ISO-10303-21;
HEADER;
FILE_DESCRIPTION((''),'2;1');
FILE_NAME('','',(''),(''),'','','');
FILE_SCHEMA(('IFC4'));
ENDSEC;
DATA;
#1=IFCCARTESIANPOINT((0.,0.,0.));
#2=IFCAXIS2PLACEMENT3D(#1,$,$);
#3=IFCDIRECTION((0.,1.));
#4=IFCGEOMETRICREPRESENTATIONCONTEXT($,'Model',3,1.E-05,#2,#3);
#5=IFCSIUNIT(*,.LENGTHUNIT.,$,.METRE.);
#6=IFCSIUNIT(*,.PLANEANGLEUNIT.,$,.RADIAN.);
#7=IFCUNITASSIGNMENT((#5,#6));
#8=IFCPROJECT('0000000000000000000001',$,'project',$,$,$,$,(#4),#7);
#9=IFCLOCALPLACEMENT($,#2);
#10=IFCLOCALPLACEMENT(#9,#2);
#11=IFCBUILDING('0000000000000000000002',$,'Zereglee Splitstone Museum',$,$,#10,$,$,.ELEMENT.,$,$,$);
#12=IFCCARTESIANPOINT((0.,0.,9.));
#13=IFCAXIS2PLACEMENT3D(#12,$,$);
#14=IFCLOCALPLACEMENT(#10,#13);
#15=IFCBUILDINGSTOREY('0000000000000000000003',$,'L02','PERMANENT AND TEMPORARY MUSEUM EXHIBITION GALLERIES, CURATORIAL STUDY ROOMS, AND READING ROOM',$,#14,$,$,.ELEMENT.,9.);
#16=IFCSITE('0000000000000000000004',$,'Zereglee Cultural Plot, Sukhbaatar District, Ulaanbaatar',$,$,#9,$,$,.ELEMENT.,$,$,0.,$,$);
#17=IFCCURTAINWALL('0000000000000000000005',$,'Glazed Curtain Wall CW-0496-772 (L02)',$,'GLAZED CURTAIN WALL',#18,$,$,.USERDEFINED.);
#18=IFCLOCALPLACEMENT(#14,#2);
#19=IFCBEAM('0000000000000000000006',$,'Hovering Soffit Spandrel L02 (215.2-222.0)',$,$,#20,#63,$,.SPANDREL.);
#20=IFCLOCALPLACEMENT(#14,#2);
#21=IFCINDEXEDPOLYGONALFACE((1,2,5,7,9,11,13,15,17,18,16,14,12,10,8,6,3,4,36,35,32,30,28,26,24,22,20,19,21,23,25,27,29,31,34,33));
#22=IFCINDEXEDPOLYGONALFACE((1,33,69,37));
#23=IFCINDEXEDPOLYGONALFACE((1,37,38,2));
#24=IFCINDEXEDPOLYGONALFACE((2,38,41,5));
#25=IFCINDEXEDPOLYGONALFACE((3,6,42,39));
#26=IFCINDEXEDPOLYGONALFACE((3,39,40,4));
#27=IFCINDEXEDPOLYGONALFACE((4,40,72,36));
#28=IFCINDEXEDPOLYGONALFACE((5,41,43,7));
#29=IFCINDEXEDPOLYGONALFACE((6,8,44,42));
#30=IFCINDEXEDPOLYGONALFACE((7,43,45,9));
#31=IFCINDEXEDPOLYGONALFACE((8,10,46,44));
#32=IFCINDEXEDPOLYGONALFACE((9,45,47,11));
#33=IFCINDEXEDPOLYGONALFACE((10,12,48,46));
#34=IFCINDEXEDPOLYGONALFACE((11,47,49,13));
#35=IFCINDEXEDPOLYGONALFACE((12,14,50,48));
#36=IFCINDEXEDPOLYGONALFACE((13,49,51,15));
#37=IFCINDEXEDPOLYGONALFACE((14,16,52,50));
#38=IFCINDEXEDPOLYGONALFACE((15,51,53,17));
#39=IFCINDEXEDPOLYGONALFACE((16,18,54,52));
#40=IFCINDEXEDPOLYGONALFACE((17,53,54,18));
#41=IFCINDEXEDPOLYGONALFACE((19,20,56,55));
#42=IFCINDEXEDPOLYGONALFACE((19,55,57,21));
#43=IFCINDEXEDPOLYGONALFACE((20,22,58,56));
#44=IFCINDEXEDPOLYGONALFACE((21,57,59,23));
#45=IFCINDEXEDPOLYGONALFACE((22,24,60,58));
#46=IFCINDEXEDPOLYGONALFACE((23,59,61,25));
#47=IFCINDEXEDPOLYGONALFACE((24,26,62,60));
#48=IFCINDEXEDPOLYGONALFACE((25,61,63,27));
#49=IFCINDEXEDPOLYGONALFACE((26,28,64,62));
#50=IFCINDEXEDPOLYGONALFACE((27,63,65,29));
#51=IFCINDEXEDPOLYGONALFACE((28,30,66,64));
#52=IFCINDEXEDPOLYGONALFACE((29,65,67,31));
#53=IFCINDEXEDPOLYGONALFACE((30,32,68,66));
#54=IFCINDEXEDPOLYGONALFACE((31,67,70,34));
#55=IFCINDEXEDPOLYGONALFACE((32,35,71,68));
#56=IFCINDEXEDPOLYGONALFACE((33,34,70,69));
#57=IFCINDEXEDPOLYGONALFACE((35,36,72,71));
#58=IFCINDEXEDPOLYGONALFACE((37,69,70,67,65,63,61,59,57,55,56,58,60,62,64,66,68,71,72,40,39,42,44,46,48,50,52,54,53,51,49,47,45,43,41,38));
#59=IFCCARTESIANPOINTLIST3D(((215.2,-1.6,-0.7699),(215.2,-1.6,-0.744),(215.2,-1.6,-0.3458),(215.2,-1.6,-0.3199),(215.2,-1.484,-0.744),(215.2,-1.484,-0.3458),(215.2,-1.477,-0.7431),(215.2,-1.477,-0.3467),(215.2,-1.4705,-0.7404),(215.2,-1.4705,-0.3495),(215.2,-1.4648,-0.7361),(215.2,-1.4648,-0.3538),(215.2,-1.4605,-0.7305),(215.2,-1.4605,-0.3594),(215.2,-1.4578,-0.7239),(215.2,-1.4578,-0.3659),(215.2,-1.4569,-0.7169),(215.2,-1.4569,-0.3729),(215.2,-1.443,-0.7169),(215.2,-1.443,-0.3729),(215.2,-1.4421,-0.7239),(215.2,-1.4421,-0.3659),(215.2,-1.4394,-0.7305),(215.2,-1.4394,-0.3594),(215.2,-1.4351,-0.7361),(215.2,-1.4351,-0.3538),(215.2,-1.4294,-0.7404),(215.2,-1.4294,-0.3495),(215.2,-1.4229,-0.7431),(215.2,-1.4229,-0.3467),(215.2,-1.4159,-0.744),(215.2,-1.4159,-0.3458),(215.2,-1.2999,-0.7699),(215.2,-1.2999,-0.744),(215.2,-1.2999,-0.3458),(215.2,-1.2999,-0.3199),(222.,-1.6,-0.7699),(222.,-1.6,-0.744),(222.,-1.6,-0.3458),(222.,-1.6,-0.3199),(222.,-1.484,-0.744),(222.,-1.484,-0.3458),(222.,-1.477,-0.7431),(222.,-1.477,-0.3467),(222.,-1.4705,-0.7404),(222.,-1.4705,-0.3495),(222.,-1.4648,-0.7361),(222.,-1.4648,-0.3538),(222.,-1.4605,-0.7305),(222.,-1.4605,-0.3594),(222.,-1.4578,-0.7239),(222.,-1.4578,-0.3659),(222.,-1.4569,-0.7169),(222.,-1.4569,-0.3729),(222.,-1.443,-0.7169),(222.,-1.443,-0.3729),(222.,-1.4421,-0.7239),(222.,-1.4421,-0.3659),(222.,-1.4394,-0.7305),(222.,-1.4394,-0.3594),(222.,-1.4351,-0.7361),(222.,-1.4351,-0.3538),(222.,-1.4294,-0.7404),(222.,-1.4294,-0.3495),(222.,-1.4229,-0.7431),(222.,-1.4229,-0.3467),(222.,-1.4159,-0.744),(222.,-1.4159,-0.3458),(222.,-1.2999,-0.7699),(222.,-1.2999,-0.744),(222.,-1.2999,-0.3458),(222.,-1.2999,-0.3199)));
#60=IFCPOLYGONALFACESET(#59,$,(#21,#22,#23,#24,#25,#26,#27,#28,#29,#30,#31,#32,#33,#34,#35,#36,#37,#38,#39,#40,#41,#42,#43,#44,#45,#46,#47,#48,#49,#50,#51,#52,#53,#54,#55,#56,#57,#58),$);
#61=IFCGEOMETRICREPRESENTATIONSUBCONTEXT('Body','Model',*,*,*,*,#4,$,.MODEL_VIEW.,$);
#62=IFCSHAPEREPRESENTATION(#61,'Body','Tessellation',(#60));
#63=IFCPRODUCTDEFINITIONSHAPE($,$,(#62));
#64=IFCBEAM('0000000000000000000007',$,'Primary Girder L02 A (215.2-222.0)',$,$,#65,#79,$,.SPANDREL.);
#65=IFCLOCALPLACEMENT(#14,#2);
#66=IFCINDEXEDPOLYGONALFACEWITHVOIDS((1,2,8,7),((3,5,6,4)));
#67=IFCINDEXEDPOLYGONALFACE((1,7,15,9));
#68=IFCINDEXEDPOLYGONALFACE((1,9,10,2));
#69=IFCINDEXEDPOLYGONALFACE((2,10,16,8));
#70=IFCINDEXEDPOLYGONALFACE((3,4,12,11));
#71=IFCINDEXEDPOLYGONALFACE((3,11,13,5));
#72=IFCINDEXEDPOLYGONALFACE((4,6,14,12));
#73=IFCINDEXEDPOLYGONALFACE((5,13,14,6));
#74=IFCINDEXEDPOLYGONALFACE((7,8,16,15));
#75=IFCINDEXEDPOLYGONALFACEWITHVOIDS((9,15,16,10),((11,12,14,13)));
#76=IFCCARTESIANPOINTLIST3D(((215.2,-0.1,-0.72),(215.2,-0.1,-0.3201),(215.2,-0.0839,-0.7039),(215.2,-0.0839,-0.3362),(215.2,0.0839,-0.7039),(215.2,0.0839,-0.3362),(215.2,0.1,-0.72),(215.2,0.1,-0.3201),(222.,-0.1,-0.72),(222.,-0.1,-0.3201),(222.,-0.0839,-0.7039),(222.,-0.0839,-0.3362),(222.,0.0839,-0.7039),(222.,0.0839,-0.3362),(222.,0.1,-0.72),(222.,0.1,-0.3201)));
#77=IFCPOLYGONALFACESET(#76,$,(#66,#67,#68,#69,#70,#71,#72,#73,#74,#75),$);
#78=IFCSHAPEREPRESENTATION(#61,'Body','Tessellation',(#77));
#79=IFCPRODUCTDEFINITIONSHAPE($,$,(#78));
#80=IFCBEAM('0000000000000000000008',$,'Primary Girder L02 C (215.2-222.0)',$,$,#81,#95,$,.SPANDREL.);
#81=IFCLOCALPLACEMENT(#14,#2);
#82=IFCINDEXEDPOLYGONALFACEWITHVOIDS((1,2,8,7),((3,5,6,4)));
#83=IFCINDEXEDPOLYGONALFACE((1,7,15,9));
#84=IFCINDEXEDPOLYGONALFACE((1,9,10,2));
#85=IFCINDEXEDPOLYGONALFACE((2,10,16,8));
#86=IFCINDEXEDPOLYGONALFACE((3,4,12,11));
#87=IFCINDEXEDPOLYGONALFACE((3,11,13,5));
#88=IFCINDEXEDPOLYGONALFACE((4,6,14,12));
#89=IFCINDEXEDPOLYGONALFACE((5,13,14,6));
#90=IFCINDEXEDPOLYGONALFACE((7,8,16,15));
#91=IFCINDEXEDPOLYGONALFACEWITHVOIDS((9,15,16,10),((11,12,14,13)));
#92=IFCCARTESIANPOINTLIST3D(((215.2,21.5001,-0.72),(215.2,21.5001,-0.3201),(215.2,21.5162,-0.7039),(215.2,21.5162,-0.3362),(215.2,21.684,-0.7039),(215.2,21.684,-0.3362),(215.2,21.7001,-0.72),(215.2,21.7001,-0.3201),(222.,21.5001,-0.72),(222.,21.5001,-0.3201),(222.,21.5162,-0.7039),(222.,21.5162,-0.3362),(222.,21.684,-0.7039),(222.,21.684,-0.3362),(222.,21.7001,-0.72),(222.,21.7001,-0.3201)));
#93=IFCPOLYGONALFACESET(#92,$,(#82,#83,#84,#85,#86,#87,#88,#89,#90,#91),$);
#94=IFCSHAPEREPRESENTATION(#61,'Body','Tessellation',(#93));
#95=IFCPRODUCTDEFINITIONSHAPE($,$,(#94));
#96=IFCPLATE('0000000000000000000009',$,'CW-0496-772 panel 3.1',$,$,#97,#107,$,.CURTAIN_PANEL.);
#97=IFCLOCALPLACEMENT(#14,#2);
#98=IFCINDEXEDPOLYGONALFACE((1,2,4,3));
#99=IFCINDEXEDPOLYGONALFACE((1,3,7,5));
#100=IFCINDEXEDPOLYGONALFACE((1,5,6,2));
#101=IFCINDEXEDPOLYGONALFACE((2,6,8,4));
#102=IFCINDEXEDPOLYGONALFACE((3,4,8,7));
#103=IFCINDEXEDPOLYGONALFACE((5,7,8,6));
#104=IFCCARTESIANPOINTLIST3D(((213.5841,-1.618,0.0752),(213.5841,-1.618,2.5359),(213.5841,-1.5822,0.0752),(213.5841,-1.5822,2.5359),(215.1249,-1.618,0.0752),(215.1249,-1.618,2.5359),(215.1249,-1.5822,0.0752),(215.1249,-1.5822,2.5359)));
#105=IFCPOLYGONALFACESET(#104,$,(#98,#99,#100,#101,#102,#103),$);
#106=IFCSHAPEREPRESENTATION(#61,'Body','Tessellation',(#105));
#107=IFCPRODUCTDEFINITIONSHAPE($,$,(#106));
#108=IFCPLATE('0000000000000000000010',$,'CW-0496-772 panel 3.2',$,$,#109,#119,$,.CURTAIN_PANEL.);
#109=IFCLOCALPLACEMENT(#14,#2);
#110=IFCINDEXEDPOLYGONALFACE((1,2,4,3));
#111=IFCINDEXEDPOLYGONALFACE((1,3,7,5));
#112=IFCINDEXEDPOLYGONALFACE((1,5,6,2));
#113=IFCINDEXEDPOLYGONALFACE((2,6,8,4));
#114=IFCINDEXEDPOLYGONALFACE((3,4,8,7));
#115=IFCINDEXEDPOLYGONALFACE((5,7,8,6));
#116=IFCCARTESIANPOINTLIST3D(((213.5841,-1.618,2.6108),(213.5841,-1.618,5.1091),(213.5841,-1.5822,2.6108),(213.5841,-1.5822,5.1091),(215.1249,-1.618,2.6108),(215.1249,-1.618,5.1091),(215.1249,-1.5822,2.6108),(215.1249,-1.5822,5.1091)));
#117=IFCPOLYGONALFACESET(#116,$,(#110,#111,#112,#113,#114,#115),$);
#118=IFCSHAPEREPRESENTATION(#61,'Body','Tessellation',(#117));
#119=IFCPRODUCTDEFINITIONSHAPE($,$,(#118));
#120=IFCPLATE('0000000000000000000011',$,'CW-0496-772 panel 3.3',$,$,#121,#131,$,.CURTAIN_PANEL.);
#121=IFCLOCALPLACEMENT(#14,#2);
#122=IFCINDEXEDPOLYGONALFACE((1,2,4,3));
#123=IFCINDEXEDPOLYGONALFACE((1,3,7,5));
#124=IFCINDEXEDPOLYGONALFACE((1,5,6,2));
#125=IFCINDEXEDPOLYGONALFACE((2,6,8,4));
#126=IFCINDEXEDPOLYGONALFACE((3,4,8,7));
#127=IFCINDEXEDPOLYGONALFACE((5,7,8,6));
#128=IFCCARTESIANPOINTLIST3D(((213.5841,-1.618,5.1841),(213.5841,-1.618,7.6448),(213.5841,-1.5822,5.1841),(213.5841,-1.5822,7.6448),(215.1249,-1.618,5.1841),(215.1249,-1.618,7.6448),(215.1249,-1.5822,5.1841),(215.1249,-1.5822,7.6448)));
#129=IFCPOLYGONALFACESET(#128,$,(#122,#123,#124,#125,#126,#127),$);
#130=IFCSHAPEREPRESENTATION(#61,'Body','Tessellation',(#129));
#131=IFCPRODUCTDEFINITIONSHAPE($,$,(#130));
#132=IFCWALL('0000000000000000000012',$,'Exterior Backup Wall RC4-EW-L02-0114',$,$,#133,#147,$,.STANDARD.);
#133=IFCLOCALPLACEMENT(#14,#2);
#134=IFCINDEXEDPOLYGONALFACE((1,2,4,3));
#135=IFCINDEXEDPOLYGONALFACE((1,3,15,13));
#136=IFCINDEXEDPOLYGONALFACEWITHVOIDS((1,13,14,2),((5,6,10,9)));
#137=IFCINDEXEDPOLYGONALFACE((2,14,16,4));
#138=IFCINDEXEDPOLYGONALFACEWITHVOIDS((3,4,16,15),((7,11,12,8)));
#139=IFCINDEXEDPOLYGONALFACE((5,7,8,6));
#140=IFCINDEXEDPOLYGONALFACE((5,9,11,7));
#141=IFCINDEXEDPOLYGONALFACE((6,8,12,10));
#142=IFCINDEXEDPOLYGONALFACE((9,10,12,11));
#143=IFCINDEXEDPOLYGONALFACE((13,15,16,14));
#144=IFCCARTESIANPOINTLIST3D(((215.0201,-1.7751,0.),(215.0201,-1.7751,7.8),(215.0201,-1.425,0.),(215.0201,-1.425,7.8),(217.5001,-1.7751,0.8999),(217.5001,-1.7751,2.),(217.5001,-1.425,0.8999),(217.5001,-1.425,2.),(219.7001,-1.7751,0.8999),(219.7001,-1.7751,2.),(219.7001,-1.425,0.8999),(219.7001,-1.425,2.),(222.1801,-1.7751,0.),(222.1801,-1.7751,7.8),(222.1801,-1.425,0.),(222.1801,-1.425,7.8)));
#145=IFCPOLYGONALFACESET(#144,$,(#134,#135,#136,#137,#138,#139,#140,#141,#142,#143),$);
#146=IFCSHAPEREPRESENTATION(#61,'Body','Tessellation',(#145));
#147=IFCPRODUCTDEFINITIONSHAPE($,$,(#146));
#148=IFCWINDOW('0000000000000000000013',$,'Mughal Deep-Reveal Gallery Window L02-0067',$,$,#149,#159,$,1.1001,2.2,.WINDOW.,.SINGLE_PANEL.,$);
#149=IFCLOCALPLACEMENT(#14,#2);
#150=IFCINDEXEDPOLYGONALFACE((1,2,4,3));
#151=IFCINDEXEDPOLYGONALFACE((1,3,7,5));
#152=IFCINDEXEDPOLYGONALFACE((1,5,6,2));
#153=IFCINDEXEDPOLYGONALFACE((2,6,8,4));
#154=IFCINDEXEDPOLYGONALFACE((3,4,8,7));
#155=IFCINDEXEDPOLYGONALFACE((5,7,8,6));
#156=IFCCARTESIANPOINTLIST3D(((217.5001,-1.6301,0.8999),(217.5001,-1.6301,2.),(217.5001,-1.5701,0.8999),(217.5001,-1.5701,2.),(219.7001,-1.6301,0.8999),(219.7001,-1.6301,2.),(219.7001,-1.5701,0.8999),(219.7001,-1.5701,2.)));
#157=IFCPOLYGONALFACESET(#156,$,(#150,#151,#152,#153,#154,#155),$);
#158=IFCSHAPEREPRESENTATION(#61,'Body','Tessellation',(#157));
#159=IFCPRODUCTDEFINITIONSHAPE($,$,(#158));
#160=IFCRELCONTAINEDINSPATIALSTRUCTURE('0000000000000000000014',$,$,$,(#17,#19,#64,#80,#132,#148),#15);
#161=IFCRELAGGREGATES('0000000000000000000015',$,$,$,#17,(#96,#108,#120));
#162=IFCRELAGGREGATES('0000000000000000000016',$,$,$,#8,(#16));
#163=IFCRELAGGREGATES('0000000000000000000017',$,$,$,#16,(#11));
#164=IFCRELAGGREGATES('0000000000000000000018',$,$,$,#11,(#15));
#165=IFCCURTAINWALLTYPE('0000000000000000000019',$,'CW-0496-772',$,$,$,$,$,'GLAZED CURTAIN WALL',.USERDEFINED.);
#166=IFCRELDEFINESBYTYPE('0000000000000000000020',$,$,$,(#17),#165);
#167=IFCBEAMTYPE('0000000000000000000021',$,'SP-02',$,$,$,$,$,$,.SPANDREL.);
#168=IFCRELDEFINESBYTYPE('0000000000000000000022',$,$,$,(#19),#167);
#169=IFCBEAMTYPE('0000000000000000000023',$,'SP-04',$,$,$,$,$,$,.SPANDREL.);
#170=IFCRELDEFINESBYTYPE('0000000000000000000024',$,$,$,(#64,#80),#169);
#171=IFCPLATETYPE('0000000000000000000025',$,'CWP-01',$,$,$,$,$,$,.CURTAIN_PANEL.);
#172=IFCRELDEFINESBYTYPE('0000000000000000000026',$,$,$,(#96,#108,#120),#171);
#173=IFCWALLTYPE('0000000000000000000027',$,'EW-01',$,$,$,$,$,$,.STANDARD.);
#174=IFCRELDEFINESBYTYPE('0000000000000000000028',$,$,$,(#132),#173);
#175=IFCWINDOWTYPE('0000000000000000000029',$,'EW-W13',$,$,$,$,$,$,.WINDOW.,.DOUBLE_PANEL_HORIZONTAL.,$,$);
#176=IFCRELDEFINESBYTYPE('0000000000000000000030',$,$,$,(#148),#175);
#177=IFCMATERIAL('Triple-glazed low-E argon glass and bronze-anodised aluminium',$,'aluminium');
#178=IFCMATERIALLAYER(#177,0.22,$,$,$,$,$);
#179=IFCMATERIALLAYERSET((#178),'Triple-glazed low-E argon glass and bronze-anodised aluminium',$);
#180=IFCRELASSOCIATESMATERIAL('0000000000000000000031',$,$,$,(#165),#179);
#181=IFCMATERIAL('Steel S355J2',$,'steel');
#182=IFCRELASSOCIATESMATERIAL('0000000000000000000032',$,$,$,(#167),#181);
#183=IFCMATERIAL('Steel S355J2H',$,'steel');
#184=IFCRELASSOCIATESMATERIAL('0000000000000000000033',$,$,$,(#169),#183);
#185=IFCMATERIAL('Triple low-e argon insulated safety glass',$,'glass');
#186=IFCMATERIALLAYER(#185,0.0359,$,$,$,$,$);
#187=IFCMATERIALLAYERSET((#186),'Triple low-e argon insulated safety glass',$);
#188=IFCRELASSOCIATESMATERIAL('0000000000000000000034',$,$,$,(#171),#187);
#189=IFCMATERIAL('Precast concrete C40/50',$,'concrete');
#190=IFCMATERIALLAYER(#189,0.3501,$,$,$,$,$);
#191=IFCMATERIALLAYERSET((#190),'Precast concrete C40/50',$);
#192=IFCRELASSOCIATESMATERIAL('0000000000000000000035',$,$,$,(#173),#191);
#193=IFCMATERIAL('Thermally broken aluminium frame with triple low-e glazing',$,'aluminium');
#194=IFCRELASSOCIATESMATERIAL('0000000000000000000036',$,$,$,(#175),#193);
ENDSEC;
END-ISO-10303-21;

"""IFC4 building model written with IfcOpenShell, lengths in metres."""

from ifc_helpers import new_model, si_unit, direction, frame, frame_2d, origin, origin_2d, place, context, subcontext, project, spatial, rectangle, hollow_rectangle, i_section, extrude, material, layer, layer_set, material_profile, profile_set, type_object, element, fill, aggregate, save


model = new_model("IFC4")

# Units and contexts
model_context = context("Model", 3, precision=1e-05, world=origin(), true_north=direction((0.0, 1.0)))
body_context = subcontext(model_context, "Body", "Model", "MODEL_VIEW")
ifc_project = project(units=[si_unit("LENGTHUNIT", "METRE"), si_unit("PLANEANGLEUNIT", "RADIAN")], contexts=[model_context])

# Site, building, storey
site_placement = place(None, origin())
site = spatial("IfcSite", under=ifc_project, at=site_placement, Name="Zereglee Cultural Plot, Sukhbaatar District, Ulaanbaatar", CompositionType="ELEMENT", RefElevation=0.0)
building_placement = place(site_placement, origin())
building = spatial("IfcBuilding", under=site, at=building_placement, Name="Zereglee Splitstone Museum", CompositionType="ELEMENT")
storey_placement = place(building_placement, frame((0.0, 0.0, 9.0)))
storey = spatial("IfcBuildingStorey", under=building, at=storey_placement, Name="L02", Description="PERMANENT AND TEMPORARY MUSEUM EXHIBITION GALLERIES, CURATORIAL STUDY ROOMS, AND READING ROOM", CompositionType="ELEMENT", Elevation=9.0)

# Shared definitions
ifc_material_1 = material(Name="Steel S355J2H", Category="steel")
ifc_material_2 = material(Name="Steel S355J2", Category="steel")

# Curtain wall
ifc_material_3 = material(Name="Triple-glazed low-E argon glass and bronze-anodised aluminium", Category="aluminium")
ifc_layer_1 = layer(ifc_material_3, 0.22)
ifc_layer_set_1 = layer_set([ifc_layer_1], Name="Triple-glazed low-E argon glass and bronze-anodised aluminium")
curtain_wall_type = type_object("IfcCurtainWallType", Name="CW-0496-772", ElementType="GLAZED CURTAIN WALL", PredefinedType="USERDEFINED", material=ifc_layer_set_1)
curtain_wall_placement = place(storey_placement, origin())
curtain_wall = element("IfcCurtainWall", 1, at=curtain_wall_placement, inside=storey, type_object=curtain_wall_type, Name="Glazed Curtain Wall CW-0496-772 (L02)", ObjectType="GLAZED CURTAIN WALL", PredefinedType="USERDEFINED")

# Beams
ifc_material_profile_1 = material_profile(ifc_material_2, i_section(OverallWidth=0.3, OverallDepth=0.45, WebThickness=0.0139, FlangeThickness=0.0259, FilletRadius=0.0271, at=origin_2d()), Name="HE 450 B")
ifc_profile_set_1 = profile_set([ifc_material_profile_1], Name="Steel S355J2")
beam_type_1 = type_object("IfcBeamType", Name="SP-02", PredefinedType="SPANDREL", material=ifc_profile_set_1)
beam_1_placement = place(storey_placement, frame((215.2, -1.45, -0.5449), z_axis=(1.0, 0.0, 0.0), x_axis=(0.0, 1.0, 0.0)))
element("IfcBeam", 2, at=beam_1_placement, inside=storey, type_object=beam_type_1, Name="Hovering Soffit Spandrel L02 (215.2-222.0)", PredefinedType="SPANDREL", context=body_context, shape_type="SweptSolid", body=[
    extrude(i_section(OverallWidth=0.3, OverallDepth=0.45, WebThickness=0.0139, FlangeThickness=0.0259, FilletRadius=0.0271, at=origin_2d()), origin(), (0.0, 0.0, 1.0), 6.8),
])
ifc_material_profile_2 = material_profile(ifc_material_1, hollow_rectangle(XDim=0.2, YDim=0.3999, WallThickness=0.0161, at=origin_2d()), Name="RHS 400x200x16")
ifc_profile_set_2 = profile_set([ifc_material_profile_2], Name="Steel S355J2H")
beam_type_2 = type_object("IfcBeamType", Name="SP-04", PredefinedType="SPANDREL", material=ifc_profile_set_2)
for number, where, z_axis, x_axis, name in (
    (3, (215.2, 0.0, -0.52), (1.0, 0.0, 0.0), (0.0, 1.0, 0.0), "Primary Girder L02 A (215.2-222.0)"),
    (4, (215.2, 21.6001, -0.52), (1.0, 0.0, 0.0), (0.0, 1.0, 0.0), "Primary Girder L02 C (215.2-222.0)"),
):
    element("IfcBeam", number, at=place(storey_placement, frame(where, z_axis=z_axis, x_axis=x_axis)), inside=storey, type_object=beam_type_2, Name=name, PredefinedType="SPANDREL", context=body_context, shape_type="SweptSolid", body=[
        extrude(hollow_rectangle(XDim=0.2, YDim=0.3999, WallThickness=0.0161, at=origin_2d()), origin(), (0.0, 0.0, 1.0), 6.8),
    ])

# Plates
ifc_material_4 = material(Name="Triple low-e argon insulated safety glass", Category="glass")
ifc_layer_2 = layer(ifc_material_4, 0.0359)
ifc_layer_set_2 = layer_set([ifc_layer_2], Name="Triple low-e argon insulated safety glass")
plate_type = type_object("IfcPlateType", Name="CWP-01", PredefinedType="CURTAIN_PANEL", material=ifc_layer_set_2)
plate_1_placement = place(storey_placement, frame((214.3545, -1.6001, 0.0752), z_axis=(0.0, 0.0, 1.0), x_axis=(1.0, 0.0, 0.0)))
plate_1 = element("IfcPlate", 5, at=plate_1_placement, type_object=plate_type, Name="CW-0496-772 panel 3.1", PredefinedType="CURTAIN_PANEL", context=body_context, shape_type="SweptSolid", body=[
    extrude(rectangle(XDim=1.5408, YDim=0.0359, at=origin_2d()), origin(), (0.0, 0.0, 1.0), 2.4607),
])
plate_2_placement = place(storey_placement, frame((214.3545, -1.6001, 2.6108), z_axis=(0.0, 0.0, 1.0), x_axis=(1.0, 0.0, 0.0)))
plate_2 = element("IfcPlate", 6, at=plate_2_placement, type_object=plate_type, Name="CW-0496-772 panel 3.2", PredefinedType="CURTAIN_PANEL", context=body_context, shape_type="SweptSolid", body=[
    extrude(rectangle(XDim=1.5408, YDim=0.0359, at=origin_2d()), origin(), (0.0, 0.0, 1.0), 2.4983),
])
plate_3_placement = place(storey_placement, frame((214.3545, -1.6001, 5.1841), z_axis=(0.0, 0.0, 1.0), x_axis=(1.0, 0.0, 0.0)))
plate_3 = element("IfcPlate", 7, at=plate_3_placement, type_object=plate_type, Name="CW-0496-772 panel 3.3", PredefinedType="CURTAIN_PANEL", context=body_context, shape_type="SweptSolid", body=[
    extrude(rectangle(XDim=1.5408, YDim=0.0359, at=origin_2d()), origin(), (0.0, 0.0, 1.0), 2.4607),
])
aggregate(curtain_wall, [plate_1, plate_2, plate_3])

# Wall, opening, window
ifc_material_5 = material(Name="Precast concrete C40/50", Category="concrete")
ifc_layer_3 = layer(ifc_material_5, 0.3501)
ifc_layer_set_3 = layer_set([ifc_layer_3], Name="Precast concrete C40/50")
wall_type_1 = type_object("IfcWallType", Name="EW-01", PredefinedType="STANDARD", material=ifc_layer_set_3)
wall_1_placement = place(storey_placement, frame((215.02, -1.6001, 0.0), z_axis=(0.0, 0.0, 1.0), x_axis=(1.0, 0.0, 0.0)))
wall_1 = element("IfcWall", 8, at=wall_1_placement, inside=storey, type_object=wall_type_1, Name="Exterior Backup Wall RC4-EW-L02-0114", PredefinedType="STANDARD", context=body_context, shape_type="SweptSolid", body=[
    extrude(rectangle(XDim=7.1599, YDim=0.3501, at=frame_2d((3.5801, 0.0))), origin(), (0.0, 0.0, 1.0), 7.8),
])
opening_1_placement = place(wall_1_placement, frame((2.48, 0.0, 0.8999)))
opening_1 = element("IfcOpeningElement", 9, at=opening_1_placement, cuts=wall_1, PredefinedType="OPENING", context=body_context, shape_type="SweptSolid", body=[
    extrude(rectangle(XDim=2.2, YDim=1.1001, at=frame_2d((1.1001, 0.55))), frame((0.0, 0.1899, 0.0), z_axis=(0.0, -1.0, 0.0), x_axis=(1.0, 0.0, 0.0)), (0.0, 0.0, 1.0), 0.3799),
])
ifc_material_6 = material(Name="Thermally broken aluminium frame with triple low-e glazing", Category="aluminium")
window_type_1 = type_object("IfcWindowType", Name="EW-W13", PartitioningType="DOUBLE_PANEL_HORIZONTAL", PredefinedType="WINDOW", material=ifc_material_6)
window_1_placement = place(opening_1_placement, origin())
window_1 = element("IfcWindow", 10, at=window_1_placement, inside=storey, type_object=window_type_1, Name="Mughal Deep-Reveal Gallery Window L02-0067", OverallHeight=1.1001, OverallWidth=2.2, PartitioningType="SINGLE_PANEL", PredefinedType="WINDOW", context=body_context, shape_type="SweptSolid", body=[
    extrude(rectangle(XDim=2.2, YDim=1.1001, at=frame_2d((1.1001, 0.55))), frame((0.0, 0.03, 0.0), z_axis=(0.0, -1.0, 0.0), x_axis=(1.0, 0.0, 0.0)), (0.0, 0.0, 1.0), 0.0601),
])
fill(opening_1, window_1)

save(model, "model.ifc")
